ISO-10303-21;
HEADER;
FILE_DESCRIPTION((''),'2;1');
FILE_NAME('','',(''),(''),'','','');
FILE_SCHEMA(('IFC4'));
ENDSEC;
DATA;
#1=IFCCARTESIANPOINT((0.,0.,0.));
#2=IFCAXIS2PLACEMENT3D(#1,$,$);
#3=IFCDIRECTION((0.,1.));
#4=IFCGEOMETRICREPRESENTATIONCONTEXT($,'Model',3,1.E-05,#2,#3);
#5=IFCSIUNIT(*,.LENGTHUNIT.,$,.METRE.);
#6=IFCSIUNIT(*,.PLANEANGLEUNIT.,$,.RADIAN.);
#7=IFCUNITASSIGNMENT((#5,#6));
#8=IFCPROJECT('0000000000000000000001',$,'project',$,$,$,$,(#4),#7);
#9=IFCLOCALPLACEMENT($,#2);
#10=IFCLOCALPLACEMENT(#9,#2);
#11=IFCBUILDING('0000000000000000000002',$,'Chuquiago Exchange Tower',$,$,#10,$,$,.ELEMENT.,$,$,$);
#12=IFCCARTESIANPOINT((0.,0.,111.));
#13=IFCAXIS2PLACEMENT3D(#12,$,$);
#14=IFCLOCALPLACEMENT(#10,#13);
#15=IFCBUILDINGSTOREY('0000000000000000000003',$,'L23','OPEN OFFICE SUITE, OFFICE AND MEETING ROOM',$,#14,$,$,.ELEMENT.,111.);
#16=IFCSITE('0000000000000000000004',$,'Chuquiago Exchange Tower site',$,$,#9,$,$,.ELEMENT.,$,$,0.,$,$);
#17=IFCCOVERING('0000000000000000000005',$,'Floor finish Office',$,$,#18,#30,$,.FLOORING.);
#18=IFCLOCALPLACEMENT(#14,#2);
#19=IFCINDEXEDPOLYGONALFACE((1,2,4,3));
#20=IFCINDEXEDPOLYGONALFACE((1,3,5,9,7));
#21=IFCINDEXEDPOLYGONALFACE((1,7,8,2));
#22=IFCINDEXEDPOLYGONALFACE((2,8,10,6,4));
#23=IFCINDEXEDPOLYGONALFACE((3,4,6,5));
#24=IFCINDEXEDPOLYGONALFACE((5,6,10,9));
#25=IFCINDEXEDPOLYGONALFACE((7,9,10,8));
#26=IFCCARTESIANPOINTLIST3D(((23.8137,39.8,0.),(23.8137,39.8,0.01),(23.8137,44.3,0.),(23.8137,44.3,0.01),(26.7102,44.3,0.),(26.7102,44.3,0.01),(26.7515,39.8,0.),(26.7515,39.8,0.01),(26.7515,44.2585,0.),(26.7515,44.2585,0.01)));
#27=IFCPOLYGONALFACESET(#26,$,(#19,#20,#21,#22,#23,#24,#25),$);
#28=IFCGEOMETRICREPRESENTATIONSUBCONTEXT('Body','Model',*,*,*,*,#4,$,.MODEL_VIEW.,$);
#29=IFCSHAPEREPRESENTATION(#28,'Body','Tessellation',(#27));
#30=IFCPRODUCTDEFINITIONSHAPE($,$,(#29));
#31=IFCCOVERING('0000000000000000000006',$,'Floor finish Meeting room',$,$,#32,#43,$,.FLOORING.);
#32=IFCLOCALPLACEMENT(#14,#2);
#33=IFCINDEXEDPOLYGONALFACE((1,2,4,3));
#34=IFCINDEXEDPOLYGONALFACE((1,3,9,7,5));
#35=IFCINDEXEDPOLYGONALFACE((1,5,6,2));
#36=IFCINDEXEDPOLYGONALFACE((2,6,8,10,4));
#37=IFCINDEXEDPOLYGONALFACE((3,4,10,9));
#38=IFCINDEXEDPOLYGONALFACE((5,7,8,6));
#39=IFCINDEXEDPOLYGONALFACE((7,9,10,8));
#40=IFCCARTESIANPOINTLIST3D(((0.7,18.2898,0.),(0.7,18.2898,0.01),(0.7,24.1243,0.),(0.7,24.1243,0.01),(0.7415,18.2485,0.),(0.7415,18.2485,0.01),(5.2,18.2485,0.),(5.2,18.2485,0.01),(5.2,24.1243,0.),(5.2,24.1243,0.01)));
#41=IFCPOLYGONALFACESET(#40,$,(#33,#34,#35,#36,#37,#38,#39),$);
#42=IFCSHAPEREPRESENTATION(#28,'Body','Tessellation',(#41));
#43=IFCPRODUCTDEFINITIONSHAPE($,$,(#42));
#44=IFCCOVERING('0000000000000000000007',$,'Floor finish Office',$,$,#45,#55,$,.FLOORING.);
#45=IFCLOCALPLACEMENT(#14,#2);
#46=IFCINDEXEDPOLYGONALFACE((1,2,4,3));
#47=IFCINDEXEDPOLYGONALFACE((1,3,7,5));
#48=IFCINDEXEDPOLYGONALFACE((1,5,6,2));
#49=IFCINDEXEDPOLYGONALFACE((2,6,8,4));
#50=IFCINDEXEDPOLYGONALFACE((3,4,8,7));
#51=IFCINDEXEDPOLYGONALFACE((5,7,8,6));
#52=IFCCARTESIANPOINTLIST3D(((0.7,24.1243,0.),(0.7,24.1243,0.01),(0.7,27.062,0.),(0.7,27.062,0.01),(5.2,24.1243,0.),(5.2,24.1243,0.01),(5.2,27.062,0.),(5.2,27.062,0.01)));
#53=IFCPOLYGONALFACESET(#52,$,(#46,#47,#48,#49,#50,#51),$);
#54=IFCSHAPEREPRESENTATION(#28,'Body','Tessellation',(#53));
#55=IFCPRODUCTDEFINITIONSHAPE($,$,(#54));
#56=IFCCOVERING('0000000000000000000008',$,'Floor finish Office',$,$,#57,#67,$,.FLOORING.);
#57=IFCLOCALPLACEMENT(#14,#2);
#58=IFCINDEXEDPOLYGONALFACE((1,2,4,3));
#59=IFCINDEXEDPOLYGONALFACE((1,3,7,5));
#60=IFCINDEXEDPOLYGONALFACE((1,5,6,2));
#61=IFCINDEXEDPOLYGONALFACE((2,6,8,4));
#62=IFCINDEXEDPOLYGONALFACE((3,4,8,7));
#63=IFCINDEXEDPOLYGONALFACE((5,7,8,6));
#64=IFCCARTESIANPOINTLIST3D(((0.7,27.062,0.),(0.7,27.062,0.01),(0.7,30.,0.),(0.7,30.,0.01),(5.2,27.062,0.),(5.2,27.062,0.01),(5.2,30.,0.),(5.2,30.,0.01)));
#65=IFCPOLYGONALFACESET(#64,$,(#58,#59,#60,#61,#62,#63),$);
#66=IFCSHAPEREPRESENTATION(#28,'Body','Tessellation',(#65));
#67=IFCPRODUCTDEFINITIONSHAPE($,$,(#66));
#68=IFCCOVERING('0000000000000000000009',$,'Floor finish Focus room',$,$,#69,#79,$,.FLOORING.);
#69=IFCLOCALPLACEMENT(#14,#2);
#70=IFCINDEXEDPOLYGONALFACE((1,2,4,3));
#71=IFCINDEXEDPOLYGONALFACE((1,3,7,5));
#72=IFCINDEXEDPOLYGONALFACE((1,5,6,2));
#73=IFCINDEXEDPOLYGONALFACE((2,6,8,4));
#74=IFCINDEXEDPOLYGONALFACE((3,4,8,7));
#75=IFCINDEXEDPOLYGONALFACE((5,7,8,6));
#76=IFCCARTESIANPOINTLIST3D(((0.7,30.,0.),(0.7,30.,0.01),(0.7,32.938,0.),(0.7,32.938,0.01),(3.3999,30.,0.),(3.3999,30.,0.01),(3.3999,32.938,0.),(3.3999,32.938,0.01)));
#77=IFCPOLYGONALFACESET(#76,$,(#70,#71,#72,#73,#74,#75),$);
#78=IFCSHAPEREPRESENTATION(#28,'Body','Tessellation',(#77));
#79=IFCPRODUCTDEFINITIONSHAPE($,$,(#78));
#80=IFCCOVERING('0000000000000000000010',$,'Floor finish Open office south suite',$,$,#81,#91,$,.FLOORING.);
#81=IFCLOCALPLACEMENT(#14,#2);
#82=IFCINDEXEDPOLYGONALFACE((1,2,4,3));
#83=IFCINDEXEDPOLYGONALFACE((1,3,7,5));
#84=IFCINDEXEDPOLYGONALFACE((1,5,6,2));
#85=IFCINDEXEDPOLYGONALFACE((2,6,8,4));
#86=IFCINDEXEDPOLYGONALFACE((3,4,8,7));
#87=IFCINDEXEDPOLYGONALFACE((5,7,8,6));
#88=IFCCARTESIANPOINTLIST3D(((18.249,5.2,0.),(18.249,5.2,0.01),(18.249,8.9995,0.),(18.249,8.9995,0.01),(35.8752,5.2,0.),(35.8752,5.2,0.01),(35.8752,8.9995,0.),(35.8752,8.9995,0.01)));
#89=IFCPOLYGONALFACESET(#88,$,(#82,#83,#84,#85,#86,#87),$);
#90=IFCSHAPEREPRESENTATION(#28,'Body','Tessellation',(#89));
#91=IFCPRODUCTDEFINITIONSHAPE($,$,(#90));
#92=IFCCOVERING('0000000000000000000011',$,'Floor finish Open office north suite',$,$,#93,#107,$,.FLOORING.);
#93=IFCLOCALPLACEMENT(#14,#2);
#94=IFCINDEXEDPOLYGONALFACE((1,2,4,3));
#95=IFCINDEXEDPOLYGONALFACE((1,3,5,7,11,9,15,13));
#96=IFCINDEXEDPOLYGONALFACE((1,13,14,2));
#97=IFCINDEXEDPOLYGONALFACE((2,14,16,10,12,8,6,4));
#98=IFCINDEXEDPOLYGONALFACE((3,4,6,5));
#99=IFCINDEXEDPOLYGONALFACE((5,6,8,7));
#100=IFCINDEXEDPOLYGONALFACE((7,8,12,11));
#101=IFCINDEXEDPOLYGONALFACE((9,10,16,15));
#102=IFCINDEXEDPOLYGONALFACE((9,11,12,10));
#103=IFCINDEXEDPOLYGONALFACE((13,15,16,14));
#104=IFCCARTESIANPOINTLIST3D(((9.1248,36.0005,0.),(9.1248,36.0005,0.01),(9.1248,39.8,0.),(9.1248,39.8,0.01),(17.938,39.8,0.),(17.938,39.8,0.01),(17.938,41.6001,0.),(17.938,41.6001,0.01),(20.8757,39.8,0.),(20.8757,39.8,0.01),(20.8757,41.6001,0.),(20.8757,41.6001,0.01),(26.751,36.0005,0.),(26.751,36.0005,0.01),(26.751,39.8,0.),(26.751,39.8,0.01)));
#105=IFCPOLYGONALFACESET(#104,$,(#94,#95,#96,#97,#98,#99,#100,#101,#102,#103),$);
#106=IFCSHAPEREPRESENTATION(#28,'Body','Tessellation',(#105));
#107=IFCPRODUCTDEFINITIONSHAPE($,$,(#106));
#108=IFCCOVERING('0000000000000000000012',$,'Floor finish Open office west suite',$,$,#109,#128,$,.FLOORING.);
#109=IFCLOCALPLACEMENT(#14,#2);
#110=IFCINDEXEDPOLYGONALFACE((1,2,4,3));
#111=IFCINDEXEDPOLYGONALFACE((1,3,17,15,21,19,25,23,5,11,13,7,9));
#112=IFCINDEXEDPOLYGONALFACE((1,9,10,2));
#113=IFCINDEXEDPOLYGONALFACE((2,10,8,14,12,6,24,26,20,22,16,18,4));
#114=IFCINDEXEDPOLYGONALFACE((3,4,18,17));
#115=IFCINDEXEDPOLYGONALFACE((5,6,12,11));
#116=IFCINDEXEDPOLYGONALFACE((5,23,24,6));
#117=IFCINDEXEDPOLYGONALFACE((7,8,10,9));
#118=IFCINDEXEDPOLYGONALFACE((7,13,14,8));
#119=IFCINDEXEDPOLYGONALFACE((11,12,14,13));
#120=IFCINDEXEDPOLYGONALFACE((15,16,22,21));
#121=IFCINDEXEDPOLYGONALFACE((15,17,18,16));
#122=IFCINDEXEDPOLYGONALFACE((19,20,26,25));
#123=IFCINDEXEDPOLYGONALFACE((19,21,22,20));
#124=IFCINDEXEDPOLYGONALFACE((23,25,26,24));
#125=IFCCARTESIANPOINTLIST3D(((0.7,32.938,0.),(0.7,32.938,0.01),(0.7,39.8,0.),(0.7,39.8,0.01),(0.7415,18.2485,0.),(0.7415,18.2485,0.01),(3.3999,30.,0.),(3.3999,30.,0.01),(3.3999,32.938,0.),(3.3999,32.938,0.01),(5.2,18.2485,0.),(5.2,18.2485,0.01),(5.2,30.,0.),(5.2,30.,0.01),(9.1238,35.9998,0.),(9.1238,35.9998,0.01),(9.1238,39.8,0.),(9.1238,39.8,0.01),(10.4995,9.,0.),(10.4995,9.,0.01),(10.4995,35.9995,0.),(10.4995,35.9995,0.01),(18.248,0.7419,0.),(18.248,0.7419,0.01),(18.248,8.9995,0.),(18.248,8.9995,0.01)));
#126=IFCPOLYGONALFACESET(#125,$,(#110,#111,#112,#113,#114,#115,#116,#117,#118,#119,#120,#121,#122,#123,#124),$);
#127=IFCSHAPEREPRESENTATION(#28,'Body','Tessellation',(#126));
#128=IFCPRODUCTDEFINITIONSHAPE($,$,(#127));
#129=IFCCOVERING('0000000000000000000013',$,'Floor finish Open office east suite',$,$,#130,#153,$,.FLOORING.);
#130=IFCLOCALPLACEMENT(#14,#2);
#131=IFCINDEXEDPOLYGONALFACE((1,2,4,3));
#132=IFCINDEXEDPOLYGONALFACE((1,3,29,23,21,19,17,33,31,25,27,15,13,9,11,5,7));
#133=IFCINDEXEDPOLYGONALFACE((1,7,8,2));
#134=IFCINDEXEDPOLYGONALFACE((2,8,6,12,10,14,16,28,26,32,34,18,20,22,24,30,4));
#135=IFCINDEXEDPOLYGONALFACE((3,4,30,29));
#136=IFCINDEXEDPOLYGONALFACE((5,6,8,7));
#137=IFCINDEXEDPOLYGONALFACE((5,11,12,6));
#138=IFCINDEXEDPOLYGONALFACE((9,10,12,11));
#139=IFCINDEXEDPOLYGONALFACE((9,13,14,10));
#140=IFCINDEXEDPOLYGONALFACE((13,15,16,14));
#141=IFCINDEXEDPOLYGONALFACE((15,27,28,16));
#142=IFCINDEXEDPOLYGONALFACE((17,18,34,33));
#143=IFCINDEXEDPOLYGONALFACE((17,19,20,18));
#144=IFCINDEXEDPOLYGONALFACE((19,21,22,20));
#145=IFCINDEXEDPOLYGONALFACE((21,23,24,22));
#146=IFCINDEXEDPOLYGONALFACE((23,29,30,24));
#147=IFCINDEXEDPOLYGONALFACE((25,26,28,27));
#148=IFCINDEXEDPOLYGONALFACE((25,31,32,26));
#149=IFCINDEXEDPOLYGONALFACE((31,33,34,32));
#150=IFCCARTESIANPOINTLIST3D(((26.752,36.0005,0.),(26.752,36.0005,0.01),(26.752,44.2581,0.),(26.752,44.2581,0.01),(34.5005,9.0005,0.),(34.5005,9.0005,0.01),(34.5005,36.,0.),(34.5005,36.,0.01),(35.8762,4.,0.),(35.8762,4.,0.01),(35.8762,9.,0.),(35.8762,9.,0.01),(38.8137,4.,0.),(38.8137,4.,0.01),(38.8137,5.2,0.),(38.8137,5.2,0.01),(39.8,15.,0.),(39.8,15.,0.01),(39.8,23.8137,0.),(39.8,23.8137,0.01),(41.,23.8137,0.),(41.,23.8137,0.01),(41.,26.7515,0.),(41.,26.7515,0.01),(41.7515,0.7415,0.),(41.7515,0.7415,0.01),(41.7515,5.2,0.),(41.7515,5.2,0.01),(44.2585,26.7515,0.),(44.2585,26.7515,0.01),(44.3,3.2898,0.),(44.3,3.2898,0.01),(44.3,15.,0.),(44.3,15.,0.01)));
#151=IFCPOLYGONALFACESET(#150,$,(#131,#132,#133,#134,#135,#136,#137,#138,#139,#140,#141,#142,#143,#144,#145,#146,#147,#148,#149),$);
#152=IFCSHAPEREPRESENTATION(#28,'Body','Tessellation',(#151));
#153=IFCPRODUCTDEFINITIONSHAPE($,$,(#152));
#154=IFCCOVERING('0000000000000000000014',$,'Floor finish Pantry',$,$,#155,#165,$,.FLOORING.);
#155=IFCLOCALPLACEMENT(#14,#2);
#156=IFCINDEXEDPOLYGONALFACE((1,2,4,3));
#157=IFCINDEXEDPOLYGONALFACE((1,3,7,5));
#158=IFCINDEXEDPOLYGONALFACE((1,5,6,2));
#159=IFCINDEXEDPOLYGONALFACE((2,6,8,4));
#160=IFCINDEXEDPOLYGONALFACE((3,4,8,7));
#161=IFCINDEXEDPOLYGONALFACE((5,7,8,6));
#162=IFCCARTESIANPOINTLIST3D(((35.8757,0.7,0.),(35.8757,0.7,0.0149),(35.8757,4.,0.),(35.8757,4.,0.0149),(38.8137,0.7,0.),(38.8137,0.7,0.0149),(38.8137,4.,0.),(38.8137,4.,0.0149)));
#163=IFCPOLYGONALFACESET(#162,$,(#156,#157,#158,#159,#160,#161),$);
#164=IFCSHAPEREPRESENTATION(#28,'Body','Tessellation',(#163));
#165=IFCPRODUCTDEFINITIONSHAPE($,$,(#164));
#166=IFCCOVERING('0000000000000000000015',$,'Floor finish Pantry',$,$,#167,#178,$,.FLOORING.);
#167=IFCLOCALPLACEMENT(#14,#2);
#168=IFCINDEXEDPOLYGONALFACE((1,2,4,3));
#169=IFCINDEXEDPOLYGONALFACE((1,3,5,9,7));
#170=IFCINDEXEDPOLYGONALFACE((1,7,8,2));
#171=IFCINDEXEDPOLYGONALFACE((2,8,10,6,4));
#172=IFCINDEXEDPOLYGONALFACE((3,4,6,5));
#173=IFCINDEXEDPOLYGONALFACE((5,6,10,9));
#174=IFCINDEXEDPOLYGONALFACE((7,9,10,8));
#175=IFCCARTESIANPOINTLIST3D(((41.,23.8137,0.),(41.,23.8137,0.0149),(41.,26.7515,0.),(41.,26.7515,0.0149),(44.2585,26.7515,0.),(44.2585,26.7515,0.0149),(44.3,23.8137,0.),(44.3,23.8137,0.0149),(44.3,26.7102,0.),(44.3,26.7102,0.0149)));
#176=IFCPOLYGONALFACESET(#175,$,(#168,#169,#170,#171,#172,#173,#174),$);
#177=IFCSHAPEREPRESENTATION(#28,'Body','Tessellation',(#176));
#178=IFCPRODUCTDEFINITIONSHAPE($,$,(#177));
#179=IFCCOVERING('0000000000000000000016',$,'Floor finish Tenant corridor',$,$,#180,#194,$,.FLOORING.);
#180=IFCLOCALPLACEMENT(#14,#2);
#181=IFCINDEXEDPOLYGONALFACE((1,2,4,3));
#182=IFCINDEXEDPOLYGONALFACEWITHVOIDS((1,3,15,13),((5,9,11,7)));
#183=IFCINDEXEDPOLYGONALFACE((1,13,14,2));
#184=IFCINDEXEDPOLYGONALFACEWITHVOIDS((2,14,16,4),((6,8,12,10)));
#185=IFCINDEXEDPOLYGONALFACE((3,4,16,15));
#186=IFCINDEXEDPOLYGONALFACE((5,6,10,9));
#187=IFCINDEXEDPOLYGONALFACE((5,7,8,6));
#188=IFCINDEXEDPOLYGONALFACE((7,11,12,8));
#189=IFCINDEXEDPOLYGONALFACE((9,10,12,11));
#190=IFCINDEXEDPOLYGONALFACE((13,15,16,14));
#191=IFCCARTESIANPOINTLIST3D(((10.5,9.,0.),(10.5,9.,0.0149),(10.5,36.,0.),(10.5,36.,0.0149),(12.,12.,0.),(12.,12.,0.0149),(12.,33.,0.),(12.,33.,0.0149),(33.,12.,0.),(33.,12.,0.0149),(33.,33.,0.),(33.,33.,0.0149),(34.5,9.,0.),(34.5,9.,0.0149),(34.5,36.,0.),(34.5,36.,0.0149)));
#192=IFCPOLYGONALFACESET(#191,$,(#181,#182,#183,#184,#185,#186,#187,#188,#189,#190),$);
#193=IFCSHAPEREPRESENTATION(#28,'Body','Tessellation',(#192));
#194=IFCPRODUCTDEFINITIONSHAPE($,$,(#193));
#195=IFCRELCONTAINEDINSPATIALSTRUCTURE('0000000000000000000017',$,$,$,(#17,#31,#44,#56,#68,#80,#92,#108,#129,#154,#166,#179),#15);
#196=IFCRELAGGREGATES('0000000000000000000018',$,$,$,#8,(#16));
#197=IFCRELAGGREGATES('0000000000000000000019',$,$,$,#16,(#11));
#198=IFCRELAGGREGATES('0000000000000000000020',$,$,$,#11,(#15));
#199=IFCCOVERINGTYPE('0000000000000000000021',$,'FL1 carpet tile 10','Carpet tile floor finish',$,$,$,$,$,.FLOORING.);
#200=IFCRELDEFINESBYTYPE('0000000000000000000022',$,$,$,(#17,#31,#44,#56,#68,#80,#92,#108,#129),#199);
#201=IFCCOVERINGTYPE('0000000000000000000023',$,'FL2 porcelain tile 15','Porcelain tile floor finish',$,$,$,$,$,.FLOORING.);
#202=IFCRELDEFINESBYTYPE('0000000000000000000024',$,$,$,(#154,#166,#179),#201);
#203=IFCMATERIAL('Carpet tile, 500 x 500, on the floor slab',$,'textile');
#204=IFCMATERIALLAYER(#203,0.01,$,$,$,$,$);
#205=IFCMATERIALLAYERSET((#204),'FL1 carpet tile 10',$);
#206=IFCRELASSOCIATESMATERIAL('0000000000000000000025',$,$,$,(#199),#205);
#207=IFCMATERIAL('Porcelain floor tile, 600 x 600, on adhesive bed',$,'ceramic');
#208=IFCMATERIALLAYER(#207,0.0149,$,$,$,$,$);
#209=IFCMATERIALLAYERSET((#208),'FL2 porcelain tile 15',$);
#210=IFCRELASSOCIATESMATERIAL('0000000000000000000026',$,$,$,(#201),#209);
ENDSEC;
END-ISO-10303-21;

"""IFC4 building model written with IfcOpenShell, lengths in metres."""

from ifc_helpers import new_model, si_unit, direction, frame, origin, place, context, subcontext, project, spatial, polyline, outline, extrude, material, layer, layer_set, type_object, element, save


model = new_model("IFC4")

# Units and contexts
model_context = context("Model", 3, precision=1e-05, world=origin(), true_north=direction((0.0, 1.0)))
body_context = subcontext(model_context, "Body", "Model", "MODEL_VIEW")
ifc_project = project(units=[si_unit("LENGTHUNIT", "METRE"), si_unit("PLANEANGLEUNIT", "RADIAN")], contexts=[model_context])

# Site, building, storey
site_placement = place(None, origin())
site = spatial("IfcSite", under=ifc_project, at=site_placement, Name="Chuquiago Exchange Tower site", CompositionType="ELEMENT", RefElevation=0.0)
building_placement = place(site_placement, origin())
building = spatial("IfcBuilding", under=site, at=building_placement, Name="Chuquiago Exchange Tower", CompositionType="ELEMENT")
storey_placement = place(building_placement, frame((0.0, 0.0, 111.0)))
storey = spatial("IfcBuildingStorey", under=building, at=storey_placement, Name="L23", Description="OPEN OFFICE SUITE, OFFICE AND MEETING ROOM", CompositionType="ELEMENT", Elevation=111.0)

# Coverings
ifc_material_1 = material(Name="Carpet tile, 500 x 500, on the floor slab", Category="textile")
ifc_layer_1 = layer(ifc_material_1, 0.01)
ifc_layer_set_1 = layer_set([ifc_layer_1], Name="FL1 carpet tile 10")
covering_type_1 = type_object("IfcCoveringType", Name="FL1 carpet tile 10", Description="Carpet tile floor finish", PredefinedType="FLOORING", material=ifc_layer_set_1)
covering_1_placement = place(storey_placement, origin())
element("IfcCovering", 1, at=covering_1_placement, inside=storey, type_object=covering_type_1, Name="Floor finish Office", PredefinedType="FLOORING", context=body_context, shape_type="SweptSolid", body=[
    extrude(outline(polyline([(26.7102, 44.3), (26.7515, 44.2585), (26.7515, 39.8), (23.8137, 39.8), (23.8137, 44.3), (26.7102, 44.3)])), origin(), (0.0, 0.0, 1.0), 0.01),
])
covering_2_placement = place(storey_placement, origin())
element("IfcCovering", 2, at=covering_2_placement, inside=storey, type_object=covering_type_1, Name="Floor finish Meeting room", PredefinedType="FLOORING", context=body_context, shape_type="SweptSolid", body=[
    extrude(outline(polyline([(0.7, 24.1243), (5.2, 24.1243), (5.2, 18.2485), (0.7415, 18.2485), (0.7, 18.2898), (0.7, 24.1243)])), origin(), (0.0, 0.0, 1.0), 0.01),
])
covering_3_placement = place(storey_placement, origin())
element("IfcCovering", 3, at=covering_3_placement, inside=storey, type_object=covering_type_1, Name="Floor finish Office", PredefinedType="FLOORING", context=body_context, shape_type="SweptSolid", body=[
    extrude(outline(polyline([(0.7, 27.062), (5.2, 27.062), (5.2, 24.1243), (0.7, 24.1243), (0.7, 27.062)])), origin(), (0.0, 0.0, 1.0), 0.01),
])
covering_4_placement = place(storey_placement, origin())
element("IfcCovering", 4, at=covering_4_placement, inside=storey, type_object=covering_type_1, Name="Floor finish Office", PredefinedType="FLOORING", context=body_context, shape_type="SweptSolid", body=[
    extrude(outline(polyline([(0.7, 30.0), (5.2, 30.0), (5.2, 27.062), (0.7, 27.062), (0.7, 30.0)])), origin(), (0.0, 0.0, 1.0), 0.01),
])
covering_5_placement = place(storey_placement, origin())
element("IfcCovering", 5, at=covering_5_placement, inside=storey, type_object=covering_type_1, Name="Floor finish Focus room", PredefinedType="FLOORING", context=body_context, shape_type="SweptSolid", body=[
    extrude(outline(polyline([(0.7, 32.938), (3.3999, 32.938), (3.3999, 30.0), (0.7, 30.0), (0.7, 32.938)])), origin(), (0.0, 0.0, 1.0), 0.01),
])
covering_6_placement = place(storey_placement, origin())
element("IfcCovering", 6, at=covering_6_placement, inside=storey, type_object=covering_type_1, Name="Floor finish Open office south suite", PredefinedType="FLOORING", context=body_context, shape_type="SweptSolid", body=[
    extrude(outline(polyline([(35.8752, 5.2), (18.249, 5.2), (18.249, 8.9995), (35.8752, 8.9995), (35.8752, 5.2)])), origin(), (0.0, 0.0, 1.0), 0.01),
])
covering_7_placement = place(storey_placement, origin())
element("IfcCovering", 7, at=covering_7_placement, inside=storey, type_object=covering_type_1, Name="Floor finish Open office north suite", PredefinedType="FLOORING", context=body_context, shape_type="SweptSolid", body=[
    extrude(outline(polyline([(9.1248, 39.8), (17.938, 39.8), (17.938, 41.6001), (20.8757, 41.6001), (20.8757, 39.8), (26.751, 39.8), (26.751, 36.0005), (9.1248, 36.0005), (9.1248, 39.8)])), origin(), (0.0, 0.0, 1.0), 0.01),
])
covering_8_placement = place(storey_placement, origin())
element("IfcCovering", 8, at=covering_8_placement, inside=storey, type_object=covering_type_1, Name="Floor finish Open office west suite", PredefinedType="FLOORING", context=body_context, shape_type="SweptSolid", body=[
    extrude(outline(polyline([(0.7, 39.8), (9.1238, 39.8), (9.1238, 35.9998), (10.4995, 35.9995), (10.4995, 9.0), (18.248, 8.9995), (18.248, 0.7419), (0.7415, 18.2485), (5.2, 18.2485), (5.2, 30.0), (3.3999, 30.0), (3.3999, 32.938), (0.7, 32.938), (0.7, 39.8)])), origin(), (0.0, 0.0, 1.0), 0.01),
])
covering_9_placement = place(storey_placement, origin())
element("IfcCovering", 9, at=covering_9_placement, inside=storey, type_object=covering_type_1, Name="Floor finish Open office east suite", PredefinedType="FLOORING", context=body_context, shape_type="SweptSolid", body=[
    extrude(outline(polyline([(44.2585, 26.7515), (41.0, 26.7515), (41.0, 23.8137), (39.8, 23.8137), (39.8, 15.0), (44.3, 15.0), (44.3, 3.2898), (41.7515, 0.7415), (41.7515, 5.2), (38.8137, 5.2), (38.8137, 4.0), (35.8762, 4.0), (35.8762, 9.0), (34.5005, 9.0005), (34.5005, 36.0), (26.752, 36.0005), (26.752, 44.2581), (44.2585, 26.7515)])), origin(), (0.0, 0.0, 1.0), 0.01),
])
ifc_material_2 = material(Name="Porcelain floor tile, 600 x 600, on adhesive bed", Category="ceramic")
ifc_layer_2 = layer(ifc_material_2, 0.0149)
ifc_layer_set_2 = layer_set([ifc_layer_2], Name="FL2 porcelain tile 15")
covering_type_2 = type_object("IfcCoveringType", Name="FL2 porcelain tile 15", Description="Porcelain tile floor finish", PredefinedType="FLOORING", material=ifc_layer_set_2)
covering_10_placement = place(storey_placement, origin())
element("IfcCovering", 10, at=covering_10_placement, inside=storey, type_object=covering_type_2, Name="Floor finish Pantry", PredefinedType="FLOORING", context=body_context, shape_type="SweptSolid", body=[
    extrude(outline(polyline([(35.8757, 0.7), (35.8757, 4.0), (38.8137, 4.0), (38.8137, 0.7), (35.8757, 0.7)])), origin(), (0.0, 0.0, 1.0), 0.0149),
])
covering_11_placement = place(storey_placement, origin())
element("IfcCovering", 11, at=covering_11_placement, inside=storey, type_object=covering_type_2, Name="Floor finish Pantry", PredefinedType="FLOORING", context=body_context, shape_type="SweptSolid", body=[
    extrude(outline(polyline([(44.3, 26.7102), (44.3, 23.8137), (41.0, 23.8137), (41.0, 26.7515), (44.2585, 26.7515), (44.3, 26.7102)])), origin(), (0.0, 0.0, 1.0), 0.0149),
])
covering_12_placement = place(storey_placement, origin())
element("IfcCovering", 12, at=covering_12_placement, inside=storey, type_object=covering_type_2, Name="Floor finish Tenant corridor", PredefinedType="FLOORING", context=body_context, shape_type="SweptSolid", body=[
    extrude(outline(polyline([(10.5, 9.0), (10.5, 36.0), (34.5, 36.0), (34.5, 9.0), (10.5, 9.0)]), holes=[polyline([(12.0, 33.0), (12.0, 12.0), (33.0, 12.0), (33.0, 33.0), (12.0, 33.0)])]), origin(), (0.0, 0.0, 1.0), 0.0149),
])

save(model, "model.ifc")
